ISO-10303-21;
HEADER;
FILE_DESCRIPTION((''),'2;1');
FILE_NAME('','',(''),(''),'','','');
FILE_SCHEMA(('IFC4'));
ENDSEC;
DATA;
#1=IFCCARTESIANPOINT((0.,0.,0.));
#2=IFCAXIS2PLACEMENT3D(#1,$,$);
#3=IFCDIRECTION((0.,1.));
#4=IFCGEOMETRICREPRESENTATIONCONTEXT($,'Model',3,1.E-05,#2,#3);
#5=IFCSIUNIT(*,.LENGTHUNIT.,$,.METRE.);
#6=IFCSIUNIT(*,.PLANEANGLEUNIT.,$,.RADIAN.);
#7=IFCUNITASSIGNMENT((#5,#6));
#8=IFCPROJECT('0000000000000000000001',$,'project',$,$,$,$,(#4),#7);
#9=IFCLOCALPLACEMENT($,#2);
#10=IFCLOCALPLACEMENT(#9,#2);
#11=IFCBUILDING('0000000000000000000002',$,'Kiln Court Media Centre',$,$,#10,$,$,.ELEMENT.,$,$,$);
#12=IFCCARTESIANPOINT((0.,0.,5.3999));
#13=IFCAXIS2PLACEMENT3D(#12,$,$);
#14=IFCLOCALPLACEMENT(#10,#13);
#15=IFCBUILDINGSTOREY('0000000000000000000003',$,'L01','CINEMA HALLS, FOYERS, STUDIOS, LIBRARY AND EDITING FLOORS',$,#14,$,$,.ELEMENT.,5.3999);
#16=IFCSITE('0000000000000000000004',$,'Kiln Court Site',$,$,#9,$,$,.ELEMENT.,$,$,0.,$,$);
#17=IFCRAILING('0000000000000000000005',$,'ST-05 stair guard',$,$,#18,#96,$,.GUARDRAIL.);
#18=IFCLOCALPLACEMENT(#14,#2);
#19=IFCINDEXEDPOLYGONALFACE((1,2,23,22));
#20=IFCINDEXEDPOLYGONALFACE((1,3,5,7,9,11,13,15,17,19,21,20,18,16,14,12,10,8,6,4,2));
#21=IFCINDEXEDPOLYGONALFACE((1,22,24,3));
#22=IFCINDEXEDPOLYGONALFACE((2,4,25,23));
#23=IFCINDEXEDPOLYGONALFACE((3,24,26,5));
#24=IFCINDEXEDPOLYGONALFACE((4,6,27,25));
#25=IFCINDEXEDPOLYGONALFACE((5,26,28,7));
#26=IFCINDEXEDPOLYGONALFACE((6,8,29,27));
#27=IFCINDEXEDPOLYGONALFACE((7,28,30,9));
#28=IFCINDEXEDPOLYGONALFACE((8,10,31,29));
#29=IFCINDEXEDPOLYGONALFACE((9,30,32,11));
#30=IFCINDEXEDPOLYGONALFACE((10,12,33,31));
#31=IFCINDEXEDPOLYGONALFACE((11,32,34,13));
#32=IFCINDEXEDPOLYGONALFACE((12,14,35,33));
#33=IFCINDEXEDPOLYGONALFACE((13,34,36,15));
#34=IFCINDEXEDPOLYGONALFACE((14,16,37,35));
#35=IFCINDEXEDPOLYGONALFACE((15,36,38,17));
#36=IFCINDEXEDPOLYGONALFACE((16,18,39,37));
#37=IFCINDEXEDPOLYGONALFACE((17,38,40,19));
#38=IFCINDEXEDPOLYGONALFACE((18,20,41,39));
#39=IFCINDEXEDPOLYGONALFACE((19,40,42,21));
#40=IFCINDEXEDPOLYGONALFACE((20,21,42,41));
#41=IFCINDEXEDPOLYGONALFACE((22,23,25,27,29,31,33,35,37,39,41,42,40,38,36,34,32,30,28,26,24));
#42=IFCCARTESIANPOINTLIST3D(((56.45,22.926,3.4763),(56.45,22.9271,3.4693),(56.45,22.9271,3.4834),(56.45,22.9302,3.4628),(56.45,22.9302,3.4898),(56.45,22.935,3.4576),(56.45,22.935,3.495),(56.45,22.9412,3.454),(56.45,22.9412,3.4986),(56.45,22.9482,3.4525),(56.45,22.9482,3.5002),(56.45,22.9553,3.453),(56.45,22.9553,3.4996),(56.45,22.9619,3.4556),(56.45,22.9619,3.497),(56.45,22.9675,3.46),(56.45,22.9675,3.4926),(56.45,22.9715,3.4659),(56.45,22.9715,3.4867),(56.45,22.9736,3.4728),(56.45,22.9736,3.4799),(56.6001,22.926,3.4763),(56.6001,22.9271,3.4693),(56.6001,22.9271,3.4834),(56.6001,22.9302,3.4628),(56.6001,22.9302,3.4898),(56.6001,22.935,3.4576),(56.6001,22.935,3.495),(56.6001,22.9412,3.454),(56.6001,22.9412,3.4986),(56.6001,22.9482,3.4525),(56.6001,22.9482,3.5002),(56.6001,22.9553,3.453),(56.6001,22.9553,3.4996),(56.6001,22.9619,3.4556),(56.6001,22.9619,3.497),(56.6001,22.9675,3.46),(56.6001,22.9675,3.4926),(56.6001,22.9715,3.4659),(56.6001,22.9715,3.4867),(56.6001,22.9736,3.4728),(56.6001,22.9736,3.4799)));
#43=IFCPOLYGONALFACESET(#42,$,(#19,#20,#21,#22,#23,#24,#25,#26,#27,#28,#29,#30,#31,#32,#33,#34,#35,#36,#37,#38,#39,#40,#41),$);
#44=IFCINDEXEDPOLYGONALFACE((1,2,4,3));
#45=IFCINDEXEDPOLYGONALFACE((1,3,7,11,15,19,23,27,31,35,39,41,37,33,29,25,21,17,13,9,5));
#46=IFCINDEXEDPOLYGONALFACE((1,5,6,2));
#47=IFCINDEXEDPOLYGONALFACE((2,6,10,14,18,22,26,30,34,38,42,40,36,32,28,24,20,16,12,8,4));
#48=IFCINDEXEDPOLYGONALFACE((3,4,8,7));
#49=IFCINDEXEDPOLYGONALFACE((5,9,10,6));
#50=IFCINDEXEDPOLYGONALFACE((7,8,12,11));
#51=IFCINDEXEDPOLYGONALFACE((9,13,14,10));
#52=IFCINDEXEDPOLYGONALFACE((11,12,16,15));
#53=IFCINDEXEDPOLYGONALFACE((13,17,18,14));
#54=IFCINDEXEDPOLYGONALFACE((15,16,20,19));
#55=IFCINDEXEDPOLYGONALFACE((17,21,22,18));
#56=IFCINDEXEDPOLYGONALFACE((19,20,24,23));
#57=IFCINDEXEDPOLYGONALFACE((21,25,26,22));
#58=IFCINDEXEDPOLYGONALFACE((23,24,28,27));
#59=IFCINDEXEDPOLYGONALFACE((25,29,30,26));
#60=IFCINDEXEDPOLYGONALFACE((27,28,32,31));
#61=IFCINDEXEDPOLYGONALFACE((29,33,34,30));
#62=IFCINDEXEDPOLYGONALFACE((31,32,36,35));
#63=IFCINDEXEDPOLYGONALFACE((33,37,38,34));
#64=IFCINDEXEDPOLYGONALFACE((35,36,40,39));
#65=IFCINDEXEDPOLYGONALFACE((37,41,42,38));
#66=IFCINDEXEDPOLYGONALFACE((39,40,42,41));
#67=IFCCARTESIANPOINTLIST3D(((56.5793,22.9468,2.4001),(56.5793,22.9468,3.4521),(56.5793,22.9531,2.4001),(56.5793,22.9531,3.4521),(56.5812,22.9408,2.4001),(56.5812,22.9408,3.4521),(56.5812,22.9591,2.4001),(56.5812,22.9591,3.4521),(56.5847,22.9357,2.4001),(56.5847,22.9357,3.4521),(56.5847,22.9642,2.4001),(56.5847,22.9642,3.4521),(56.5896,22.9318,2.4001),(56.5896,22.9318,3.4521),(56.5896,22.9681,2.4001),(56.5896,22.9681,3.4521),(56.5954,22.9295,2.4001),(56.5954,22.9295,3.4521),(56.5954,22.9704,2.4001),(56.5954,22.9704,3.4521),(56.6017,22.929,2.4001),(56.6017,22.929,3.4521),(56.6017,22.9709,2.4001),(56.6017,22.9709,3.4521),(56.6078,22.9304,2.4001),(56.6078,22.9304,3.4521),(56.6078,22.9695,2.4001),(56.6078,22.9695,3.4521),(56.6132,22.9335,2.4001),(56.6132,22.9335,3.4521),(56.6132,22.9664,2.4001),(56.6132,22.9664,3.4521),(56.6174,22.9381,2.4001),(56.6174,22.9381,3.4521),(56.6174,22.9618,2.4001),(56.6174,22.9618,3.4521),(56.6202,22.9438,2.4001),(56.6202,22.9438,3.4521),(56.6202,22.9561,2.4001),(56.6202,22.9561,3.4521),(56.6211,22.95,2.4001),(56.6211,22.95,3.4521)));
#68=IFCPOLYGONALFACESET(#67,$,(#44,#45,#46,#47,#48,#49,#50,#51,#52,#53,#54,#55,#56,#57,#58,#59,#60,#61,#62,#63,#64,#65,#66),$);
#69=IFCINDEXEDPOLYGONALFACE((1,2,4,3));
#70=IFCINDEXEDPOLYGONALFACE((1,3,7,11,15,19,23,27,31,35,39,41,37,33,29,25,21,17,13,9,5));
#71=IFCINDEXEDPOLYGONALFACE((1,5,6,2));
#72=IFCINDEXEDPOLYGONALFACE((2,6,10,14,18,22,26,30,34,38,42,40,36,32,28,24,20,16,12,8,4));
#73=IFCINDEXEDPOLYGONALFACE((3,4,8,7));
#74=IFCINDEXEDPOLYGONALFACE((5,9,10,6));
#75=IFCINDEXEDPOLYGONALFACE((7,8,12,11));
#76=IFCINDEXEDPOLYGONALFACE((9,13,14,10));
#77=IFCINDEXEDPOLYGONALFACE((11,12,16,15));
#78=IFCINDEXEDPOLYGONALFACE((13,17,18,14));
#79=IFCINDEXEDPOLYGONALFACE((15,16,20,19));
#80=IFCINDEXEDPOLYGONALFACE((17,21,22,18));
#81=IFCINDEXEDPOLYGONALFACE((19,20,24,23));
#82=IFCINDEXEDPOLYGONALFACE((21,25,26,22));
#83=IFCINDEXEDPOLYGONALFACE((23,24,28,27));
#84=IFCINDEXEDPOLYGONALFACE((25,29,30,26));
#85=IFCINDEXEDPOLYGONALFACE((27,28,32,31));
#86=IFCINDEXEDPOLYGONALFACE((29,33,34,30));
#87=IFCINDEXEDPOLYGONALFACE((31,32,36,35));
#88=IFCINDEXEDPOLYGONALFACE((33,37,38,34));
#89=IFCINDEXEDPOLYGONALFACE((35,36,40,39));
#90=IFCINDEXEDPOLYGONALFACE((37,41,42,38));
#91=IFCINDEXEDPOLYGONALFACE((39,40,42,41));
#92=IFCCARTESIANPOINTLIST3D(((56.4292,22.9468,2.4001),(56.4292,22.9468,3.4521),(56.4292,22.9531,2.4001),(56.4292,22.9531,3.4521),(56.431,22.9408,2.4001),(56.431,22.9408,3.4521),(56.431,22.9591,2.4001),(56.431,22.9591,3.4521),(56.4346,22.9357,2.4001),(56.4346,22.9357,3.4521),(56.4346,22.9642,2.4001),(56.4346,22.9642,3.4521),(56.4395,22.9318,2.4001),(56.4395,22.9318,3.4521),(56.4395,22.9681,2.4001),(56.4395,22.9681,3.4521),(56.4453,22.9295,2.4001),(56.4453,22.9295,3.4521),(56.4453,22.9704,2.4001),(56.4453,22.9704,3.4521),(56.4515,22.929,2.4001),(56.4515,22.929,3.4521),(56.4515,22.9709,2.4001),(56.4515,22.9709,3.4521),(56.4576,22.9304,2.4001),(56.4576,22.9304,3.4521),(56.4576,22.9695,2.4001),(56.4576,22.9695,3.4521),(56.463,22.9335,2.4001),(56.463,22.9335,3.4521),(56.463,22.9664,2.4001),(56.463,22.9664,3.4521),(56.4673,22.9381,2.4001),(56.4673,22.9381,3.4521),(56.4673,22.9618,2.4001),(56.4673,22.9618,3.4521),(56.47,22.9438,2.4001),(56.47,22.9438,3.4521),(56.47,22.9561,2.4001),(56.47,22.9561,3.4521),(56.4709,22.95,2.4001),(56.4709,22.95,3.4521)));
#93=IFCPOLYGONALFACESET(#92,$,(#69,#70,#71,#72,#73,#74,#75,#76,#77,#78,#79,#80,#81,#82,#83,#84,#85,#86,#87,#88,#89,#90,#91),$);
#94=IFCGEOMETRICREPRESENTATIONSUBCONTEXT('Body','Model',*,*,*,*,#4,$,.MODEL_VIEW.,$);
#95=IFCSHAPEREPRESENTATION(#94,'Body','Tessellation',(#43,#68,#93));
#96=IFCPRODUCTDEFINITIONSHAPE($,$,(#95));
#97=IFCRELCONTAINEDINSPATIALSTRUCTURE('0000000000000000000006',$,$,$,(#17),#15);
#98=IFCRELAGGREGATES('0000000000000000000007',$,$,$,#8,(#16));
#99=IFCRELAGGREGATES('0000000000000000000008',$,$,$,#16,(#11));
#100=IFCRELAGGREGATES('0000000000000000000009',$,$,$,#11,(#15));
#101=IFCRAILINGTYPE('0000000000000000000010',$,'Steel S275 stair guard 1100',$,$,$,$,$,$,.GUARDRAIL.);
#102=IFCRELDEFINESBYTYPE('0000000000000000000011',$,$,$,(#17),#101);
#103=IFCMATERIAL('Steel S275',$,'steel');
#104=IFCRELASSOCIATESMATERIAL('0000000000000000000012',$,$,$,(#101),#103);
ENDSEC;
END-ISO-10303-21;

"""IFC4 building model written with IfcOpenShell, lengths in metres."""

from ifc_helpers import new_model, si_unit, direction, frame, origin, origin_2d, place, context, subcontext, project, spatial, circle, extrude, material, type_object, element, save


model = new_model("IFC4")

# Units and contexts
model_context = context("Model", 3, precision=1e-05, world=origin(), true_north=direction((0.0, 1.0)))
body_context = subcontext(model_context, "Body", "Model", "MODEL_VIEW")
ifc_project = project(units=[si_unit("LENGTHUNIT", "METRE"), si_unit("PLANEANGLEUNIT", "RADIAN")], contexts=[model_context])

# Site, building, storey
site_placement = place(None, origin())
site = spatial("IfcSite", under=ifc_project, at=site_placement, Name="Kiln Court Site", CompositionType="ELEMENT", RefElevation=0.0)
building_placement = place(site_placement, origin())
building = spatial("IfcBuilding", under=site, at=building_placement, Name="Kiln Court Media Centre", CompositionType="ELEMENT")
storey_placement = place(building_placement, frame((0.0, 0.0, 5.3999)))
storey = spatial("IfcBuildingStorey", under=building, at=storey_placement, Name="L01", Description="CINEMA HALLS, FOYERS, STUDIOS, LIBRARY AND EDITING FLOORS", CompositionType="ELEMENT", Elevation=5.3999)

# Railing
ifc_material_1 = material(Name="Steel S275", Category="steel")
railing_type = type_object("IfcRailingType", Name="Steel S275 stair guard 1100", PredefinedType="GUARDRAIL", material=ifc_material_1)
railing_1_placement = place(storey_placement, frame((56.6001, 22.95, 2.4001)))
element("IfcRailing", 1, at=railing_1_placement, inside=storey, type_object=railing_type, Name="ST-05 stair guard", PredefinedType="GUARDRAIL", context=body_context, shape_type="SweptSolid", body=[
    extrude(circle(Radius=0.0239, at=origin_2d()), frame((0.0, 0.0, 1.0762), z_axis=(-1.0, 0.0, 0.0), x_axis=(0.0, -1.0, 0.0)), (0.0, 0.0, 1.0), 0.1501),
    extrude(circle(Radius=0.021, at=origin_2d()), origin(), (0.0, 0.0, 1.0), 1.052),
    extrude(circle(Radius=0.021, at=origin_2d()), frame((-0.1501, 0.0, 0.0)), (0.0, 0.0, 1.0), 1.052),
])

save(model, "model.ifc")
